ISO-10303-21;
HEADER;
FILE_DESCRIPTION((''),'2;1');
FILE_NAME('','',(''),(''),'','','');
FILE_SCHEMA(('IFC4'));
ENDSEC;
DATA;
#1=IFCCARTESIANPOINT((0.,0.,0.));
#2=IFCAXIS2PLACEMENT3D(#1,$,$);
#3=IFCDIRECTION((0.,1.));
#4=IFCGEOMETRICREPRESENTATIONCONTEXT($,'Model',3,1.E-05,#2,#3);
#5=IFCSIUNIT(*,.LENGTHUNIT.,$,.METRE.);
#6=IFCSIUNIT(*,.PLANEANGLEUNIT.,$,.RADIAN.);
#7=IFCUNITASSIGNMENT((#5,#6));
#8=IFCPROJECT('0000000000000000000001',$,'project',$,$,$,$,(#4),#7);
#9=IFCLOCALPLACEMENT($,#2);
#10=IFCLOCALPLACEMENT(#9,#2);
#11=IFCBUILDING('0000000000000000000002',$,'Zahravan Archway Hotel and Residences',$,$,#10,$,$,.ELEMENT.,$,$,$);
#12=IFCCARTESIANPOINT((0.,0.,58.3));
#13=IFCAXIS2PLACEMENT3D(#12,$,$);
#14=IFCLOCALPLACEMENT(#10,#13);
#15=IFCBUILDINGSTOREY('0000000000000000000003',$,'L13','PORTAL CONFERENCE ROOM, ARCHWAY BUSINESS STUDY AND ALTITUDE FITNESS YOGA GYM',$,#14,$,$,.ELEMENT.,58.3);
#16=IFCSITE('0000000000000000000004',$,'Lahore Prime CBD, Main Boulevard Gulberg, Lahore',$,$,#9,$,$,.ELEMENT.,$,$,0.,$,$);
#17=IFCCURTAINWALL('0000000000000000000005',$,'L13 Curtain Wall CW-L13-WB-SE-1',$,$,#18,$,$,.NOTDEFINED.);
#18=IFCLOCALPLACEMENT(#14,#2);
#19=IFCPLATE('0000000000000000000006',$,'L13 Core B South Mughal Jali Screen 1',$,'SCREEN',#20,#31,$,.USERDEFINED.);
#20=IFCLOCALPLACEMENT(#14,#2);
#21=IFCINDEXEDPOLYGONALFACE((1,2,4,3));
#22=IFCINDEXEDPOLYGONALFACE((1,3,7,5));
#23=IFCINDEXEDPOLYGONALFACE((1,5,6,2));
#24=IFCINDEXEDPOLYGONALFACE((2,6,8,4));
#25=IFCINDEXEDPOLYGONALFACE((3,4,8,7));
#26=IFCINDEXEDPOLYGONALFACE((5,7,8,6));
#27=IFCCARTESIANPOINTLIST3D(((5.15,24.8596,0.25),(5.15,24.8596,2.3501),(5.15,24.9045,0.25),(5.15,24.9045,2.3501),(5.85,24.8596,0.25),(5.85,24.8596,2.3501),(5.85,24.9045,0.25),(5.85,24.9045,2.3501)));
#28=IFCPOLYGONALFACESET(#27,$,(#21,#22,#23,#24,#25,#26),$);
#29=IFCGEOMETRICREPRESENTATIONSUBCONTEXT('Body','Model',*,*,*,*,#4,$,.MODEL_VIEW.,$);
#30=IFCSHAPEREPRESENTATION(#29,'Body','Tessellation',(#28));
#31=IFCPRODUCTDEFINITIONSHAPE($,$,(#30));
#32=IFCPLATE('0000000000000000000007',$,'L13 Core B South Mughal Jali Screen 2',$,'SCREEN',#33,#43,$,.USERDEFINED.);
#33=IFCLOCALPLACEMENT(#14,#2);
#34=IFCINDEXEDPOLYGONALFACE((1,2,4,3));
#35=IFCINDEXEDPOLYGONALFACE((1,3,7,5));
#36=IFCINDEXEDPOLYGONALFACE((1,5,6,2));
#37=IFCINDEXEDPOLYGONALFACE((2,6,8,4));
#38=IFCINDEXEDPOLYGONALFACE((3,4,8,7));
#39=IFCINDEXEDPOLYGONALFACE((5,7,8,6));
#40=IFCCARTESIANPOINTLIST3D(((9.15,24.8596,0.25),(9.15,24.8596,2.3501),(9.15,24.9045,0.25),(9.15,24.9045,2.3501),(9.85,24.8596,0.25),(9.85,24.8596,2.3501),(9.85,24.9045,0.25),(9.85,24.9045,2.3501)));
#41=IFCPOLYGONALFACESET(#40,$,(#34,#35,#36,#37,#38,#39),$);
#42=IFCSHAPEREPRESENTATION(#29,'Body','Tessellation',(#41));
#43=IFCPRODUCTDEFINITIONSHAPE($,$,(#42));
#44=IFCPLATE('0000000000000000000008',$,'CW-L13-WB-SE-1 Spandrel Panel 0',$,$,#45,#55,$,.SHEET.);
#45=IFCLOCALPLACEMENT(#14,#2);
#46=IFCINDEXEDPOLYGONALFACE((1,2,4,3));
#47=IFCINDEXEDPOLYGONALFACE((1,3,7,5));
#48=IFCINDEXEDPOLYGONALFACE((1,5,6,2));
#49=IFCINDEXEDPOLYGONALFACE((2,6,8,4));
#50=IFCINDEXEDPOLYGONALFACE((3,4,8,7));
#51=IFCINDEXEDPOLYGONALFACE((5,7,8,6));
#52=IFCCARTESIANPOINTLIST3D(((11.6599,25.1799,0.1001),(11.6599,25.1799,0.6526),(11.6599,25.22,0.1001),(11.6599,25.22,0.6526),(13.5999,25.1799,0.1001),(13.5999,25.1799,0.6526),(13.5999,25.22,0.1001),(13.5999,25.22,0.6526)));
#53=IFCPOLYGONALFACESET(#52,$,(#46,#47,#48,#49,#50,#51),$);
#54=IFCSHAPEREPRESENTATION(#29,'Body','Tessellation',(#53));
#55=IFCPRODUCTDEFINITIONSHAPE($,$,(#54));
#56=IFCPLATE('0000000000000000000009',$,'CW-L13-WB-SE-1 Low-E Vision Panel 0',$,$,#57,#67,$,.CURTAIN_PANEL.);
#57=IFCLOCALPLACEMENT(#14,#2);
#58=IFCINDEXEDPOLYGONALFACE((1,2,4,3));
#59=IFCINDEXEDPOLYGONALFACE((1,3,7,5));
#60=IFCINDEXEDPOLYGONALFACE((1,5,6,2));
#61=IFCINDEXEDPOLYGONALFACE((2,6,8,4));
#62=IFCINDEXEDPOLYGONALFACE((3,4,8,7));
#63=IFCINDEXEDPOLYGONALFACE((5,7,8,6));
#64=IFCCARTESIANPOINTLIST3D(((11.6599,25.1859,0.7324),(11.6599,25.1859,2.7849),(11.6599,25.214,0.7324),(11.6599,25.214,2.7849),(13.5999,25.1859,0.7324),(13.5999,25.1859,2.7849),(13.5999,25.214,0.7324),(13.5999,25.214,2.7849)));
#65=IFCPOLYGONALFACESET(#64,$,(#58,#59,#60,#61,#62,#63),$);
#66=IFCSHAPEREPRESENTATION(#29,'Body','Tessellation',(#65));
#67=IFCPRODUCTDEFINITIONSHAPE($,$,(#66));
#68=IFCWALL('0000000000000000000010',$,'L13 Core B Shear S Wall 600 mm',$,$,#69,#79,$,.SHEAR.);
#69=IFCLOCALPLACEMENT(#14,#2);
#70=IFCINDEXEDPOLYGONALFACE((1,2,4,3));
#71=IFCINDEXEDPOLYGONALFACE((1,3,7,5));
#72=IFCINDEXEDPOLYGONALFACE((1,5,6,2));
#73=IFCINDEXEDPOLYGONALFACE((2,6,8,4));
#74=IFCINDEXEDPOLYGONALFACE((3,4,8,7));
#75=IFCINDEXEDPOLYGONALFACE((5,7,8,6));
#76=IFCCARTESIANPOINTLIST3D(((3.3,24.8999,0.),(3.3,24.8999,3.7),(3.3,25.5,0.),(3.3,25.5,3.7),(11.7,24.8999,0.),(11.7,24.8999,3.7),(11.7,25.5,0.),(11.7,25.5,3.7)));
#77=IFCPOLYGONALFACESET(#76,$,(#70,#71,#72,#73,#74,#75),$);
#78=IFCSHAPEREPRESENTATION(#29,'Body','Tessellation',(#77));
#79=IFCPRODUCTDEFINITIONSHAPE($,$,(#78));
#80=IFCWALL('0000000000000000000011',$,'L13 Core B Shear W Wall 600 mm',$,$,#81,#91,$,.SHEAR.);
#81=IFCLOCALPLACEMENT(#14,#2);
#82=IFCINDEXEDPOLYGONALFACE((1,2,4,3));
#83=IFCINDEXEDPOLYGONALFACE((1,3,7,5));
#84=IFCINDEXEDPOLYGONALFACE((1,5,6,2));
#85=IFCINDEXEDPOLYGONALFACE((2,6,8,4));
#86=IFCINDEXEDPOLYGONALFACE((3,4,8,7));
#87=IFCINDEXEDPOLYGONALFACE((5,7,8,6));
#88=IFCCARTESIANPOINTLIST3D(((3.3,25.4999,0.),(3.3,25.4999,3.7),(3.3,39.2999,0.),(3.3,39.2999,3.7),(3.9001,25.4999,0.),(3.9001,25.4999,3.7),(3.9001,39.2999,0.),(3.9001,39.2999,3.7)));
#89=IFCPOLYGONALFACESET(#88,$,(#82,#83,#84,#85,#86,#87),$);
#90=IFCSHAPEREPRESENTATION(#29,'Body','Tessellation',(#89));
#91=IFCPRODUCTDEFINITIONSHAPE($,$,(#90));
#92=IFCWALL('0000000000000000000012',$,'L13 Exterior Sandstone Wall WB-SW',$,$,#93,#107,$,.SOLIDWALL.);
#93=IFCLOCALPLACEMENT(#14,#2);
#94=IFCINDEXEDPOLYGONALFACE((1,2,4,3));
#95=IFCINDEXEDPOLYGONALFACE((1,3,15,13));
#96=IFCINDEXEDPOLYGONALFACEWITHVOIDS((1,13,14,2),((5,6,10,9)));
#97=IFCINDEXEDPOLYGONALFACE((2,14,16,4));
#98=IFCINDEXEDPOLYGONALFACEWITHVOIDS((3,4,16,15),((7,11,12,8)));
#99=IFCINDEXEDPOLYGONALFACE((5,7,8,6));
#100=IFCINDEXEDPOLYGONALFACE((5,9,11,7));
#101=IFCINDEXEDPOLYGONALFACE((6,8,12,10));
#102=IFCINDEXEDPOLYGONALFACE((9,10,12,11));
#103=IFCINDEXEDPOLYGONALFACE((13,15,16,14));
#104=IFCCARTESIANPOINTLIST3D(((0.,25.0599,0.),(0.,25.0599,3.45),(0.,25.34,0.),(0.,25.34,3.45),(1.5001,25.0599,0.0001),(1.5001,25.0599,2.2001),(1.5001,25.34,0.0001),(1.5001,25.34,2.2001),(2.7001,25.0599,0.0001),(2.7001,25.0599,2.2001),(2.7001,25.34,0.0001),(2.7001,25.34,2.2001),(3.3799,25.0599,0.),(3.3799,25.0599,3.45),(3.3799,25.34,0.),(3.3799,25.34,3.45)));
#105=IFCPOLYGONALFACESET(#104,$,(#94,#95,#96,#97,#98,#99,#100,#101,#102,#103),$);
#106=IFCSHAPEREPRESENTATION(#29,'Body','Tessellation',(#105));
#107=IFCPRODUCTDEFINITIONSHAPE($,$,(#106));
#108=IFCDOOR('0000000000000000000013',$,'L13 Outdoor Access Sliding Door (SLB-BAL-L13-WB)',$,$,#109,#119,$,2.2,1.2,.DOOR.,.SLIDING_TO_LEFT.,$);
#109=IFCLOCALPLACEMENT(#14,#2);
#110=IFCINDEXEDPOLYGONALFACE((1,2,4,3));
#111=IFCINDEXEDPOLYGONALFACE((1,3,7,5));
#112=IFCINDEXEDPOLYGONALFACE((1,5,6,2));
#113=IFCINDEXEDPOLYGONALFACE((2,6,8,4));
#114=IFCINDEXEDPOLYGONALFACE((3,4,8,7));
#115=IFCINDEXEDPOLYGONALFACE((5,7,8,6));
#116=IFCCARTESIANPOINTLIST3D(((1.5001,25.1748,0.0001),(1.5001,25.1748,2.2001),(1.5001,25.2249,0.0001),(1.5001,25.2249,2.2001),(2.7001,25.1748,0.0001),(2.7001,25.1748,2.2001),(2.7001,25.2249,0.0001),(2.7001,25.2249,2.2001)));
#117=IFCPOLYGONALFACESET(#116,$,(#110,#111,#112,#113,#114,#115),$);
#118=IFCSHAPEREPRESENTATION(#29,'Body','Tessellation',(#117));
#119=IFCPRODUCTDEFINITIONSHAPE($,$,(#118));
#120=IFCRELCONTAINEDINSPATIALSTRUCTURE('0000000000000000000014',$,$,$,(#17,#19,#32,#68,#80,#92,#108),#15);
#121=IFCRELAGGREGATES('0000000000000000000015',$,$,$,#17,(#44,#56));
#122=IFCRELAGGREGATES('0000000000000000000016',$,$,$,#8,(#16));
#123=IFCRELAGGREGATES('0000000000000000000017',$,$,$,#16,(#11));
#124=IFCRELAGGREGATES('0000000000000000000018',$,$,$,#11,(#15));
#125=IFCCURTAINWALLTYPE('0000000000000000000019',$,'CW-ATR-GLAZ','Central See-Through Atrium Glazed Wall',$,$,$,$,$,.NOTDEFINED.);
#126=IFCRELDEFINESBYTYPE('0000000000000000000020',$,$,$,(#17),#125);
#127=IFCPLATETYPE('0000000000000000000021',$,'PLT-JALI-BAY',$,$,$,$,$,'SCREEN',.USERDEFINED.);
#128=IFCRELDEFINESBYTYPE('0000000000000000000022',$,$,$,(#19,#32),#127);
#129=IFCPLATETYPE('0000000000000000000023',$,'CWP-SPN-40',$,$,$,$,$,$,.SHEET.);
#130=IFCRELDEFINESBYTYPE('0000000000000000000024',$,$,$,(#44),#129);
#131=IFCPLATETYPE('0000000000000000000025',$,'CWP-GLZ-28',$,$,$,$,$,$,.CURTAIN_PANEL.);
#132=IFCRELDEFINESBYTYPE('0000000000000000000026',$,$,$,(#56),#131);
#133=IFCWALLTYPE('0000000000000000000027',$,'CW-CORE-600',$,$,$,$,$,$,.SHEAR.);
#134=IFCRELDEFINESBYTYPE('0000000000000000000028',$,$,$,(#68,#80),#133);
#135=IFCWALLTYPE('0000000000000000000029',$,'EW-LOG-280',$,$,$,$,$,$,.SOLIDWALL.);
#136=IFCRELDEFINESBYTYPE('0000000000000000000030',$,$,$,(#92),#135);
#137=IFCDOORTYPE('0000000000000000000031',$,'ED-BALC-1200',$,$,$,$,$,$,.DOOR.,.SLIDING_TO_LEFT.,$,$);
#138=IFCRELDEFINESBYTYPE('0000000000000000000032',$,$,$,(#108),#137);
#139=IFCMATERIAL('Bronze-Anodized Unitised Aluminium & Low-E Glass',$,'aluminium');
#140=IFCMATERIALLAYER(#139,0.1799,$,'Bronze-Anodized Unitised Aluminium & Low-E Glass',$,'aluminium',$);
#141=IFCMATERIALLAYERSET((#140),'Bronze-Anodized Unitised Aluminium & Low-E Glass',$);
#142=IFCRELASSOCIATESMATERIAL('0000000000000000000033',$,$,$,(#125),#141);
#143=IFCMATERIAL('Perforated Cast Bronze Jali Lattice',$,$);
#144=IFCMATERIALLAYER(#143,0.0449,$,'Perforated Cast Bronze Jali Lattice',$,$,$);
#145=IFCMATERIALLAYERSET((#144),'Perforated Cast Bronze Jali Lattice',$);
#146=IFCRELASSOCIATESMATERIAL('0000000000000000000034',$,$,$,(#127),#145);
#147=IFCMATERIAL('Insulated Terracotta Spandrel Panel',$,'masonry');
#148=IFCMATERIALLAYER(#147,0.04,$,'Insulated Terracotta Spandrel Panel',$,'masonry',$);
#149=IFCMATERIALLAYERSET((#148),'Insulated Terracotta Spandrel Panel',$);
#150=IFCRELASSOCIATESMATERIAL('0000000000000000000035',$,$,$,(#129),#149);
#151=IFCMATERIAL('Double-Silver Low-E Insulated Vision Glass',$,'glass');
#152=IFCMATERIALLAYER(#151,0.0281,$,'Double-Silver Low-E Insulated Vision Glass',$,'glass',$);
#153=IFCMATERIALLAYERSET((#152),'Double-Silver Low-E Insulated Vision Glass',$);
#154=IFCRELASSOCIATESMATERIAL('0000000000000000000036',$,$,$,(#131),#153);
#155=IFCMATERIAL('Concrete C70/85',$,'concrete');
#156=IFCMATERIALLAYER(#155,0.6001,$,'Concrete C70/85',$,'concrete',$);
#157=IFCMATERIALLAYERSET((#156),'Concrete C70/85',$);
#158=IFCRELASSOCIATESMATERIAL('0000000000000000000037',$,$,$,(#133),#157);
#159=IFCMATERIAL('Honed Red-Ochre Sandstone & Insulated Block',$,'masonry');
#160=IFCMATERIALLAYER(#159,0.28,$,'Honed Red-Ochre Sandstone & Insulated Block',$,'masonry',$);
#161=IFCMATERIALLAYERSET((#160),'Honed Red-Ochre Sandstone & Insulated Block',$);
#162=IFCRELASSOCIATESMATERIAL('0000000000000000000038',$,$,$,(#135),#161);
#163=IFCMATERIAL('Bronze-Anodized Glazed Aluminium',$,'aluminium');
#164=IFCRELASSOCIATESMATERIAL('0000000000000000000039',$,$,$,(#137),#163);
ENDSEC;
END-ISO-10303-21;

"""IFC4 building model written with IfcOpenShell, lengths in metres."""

from ifc_helpers import new_model, si_unit, direction, frame, frame_2d, origin, origin_2d, place, context, subcontext, project, spatial, rectangle, extrude, source, transform, mapped, material, layer, layer_set, type_object, type_shapes, element, fill, aggregate, save


model = new_model("IFC4")

# Units and contexts
model_context = context("Model", 3, precision=1e-05, world=origin(), true_north=direction((0.0, 1.0)))
body_context = subcontext(model_context, "Body", "Model", "MODEL_VIEW")
ifc_project = project(units=[si_unit("LENGTHUNIT", "METRE"), si_unit("PLANEANGLEUNIT", "RADIAN")], contexts=[model_context])

# Site, building, storey
site_placement = place(None, origin())
site = spatial("IfcSite", under=ifc_project, at=site_placement, Name="Lahore Prime CBD, Main Boulevard Gulberg, Lahore", CompositionType="ELEMENT", RefElevation=0.0)
building_placement = place(site_placement, origin())
building = spatial("IfcBuilding", under=site, at=building_placement, Name="Zahravan Archway Hotel and Residences", CompositionType="ELEMENT")
storey_placement = place(building_placement, frame((0.0, 0.0, 58.3)))
storey = spatial("IfcBuildingStorey", under=building, at=storey_placement, Name="L13", Description="PORTAL CONFERENCE ROOM, ARCHWAY BUSINESS STUDY AND ALTITUDE FITNESS YOGA GYM", CompositionType="ELEMENT", Elevation=58.3)

# Shared definitions
ifc_material_1 = material(Name="Concrete C70/85", Category="concrete")

# Curtain wall
ifc_material_2 = material(Name="Bronze-Anodized Unitised Aluminium & Low-E Glass", Category="aluminium")
ifc_layer_1 = layer(ifc_material_2, 0.1799, Name="Bronze-Anodized Unitised Aluminium & Low-E Glass", Category="aluminium")
ifc_layer_set_1 = layer_set([ifc_layer_1], Name="Bronze-Anodized Unitised Aluminium & Low-E Glass")
curtain_wall_type = type_object("IfcCurtainWallType", Name="CW-ATR-GLAZ", Description="Central See-Through Atrium Glazed Wall", PredefinedType="NOTDEFINED", material=ifc_layer_set_1)
curtain_wall_placement = place(storey_placement, origin())
curtain_wall = element("IfcCurtainWall", 1, at=curtain_wall_placement, inside=storey, type_object=curtain_wall_type, Name="L13 Curtain Wall CW-L13-WB-SE-1", PredefinedType="NOTDEFINED")

# Plates
ifc_material_3 = material(Name="Perforated Cast Bronze Jali Lattice")
ifc_layer_2 = layer(ifc_material_3, 0.0449, Name="Perforated Cast Bronze Jali Lattice")
ifc_layer_set_2 = layer_set([ifc_layer_2], Name="Perforated Cast Bronze Jali Lattice")
plate_type_1 = type_object("IfcPlateType", Name="PLT-JALI-BAY", ElementType="SCREEN", PredefinedType="USERDEFINED", material=ifc_layer_set_2)
shared_shape_1 = source(origin(), body_context, "Body", "SweptSolid", [
    extrude(rectangle(XDim=0.7, YDim=0.0449, at=origin_2d()), origin(), (0.0, 0.0, 1.0), 2.1001),
])
type_shapes(plate_type_1, [shared_shape_1])
for number, where, z_axis, x_axis, name in (
    (2, (5.5, 24.8821, 0.25), (0.0, 0.0, 1.0), (1.0, 0.0, 0.0), "L13 Core B South Mughal Jali Screen 1"),
    (3, (9.5, 24.8821, 0.25), (0.0, 0.0, 1.0), (1.0, 0.0, 0.0), "L13 Core B South Mughal Jali Screen 2"),
):
    element("IfcPlate", number, at=place(storey_placement, frame(where, z_axis=z_axis, x_axis=x_axis)), inside=storey, type_object=plate_type_1, Name=name, ObjectType="SCREEN", PredefinedType="USERDEFINED", context=body_context, shape_type="MappedRepresentation", body=[
        mapped(shared_shape_1, transform((0.0, 0.0, 0.0), scale=1.0)),
    ])

# Plates
ifc_material_4 = material(Name="Insulated Terracotta Spandrel Panel", Category="masonry")
ifc_layer_3 = layer(ifc_material_4, 0.04, Name="Insulated Terracotta Spandrel Panel", Category="masonry")
ifc_layer_set_3 = layer_set([ifc_layer_3], Name="Insulated Terracotta Spandrel Panel")
plate_type_2 = type_object("IfcPlateType", Name="CWP-SPN-40", PredefinedType="SHEET", material=ifc_layer_set_3)
shared_shape_2 = source(origin(), body_context, "Body", "SweptSolid", [
    extrude(rectangle(XDim=1.9399, YDim=0.04, at=origin_2d()), origin(), (0.0, 0.0, 1.0), 0.5525),
])
plate_1_placement = place(storey_placement, frame((12.6299, 25.2, 0.1001), z_axis=(0.0, 0.0, 1.0), x_axis=(1.0, 0.0, 0.0)))
plate_1 = element("IfcPlate", 4, at=plate_1_placement, type_object=plate_type_2, Name="CW-L13-WB-SE-1 Spandrel Panel 0", PredefinedType="SHEET", context=body_context, shape_type="MappedRepresentation", body=[
    mapped(shared_shape_2, transform((0.0, 0.0, 0.0), scale=1.0)),
])
ifc_material_5 = material(Name="Double-Silver Low-E Insulated Vision Glass", Category="glass")
ifc_layer_4 = layer(ifc_material_5, 0.0281, Name="Double-Silver Low-E Insulated Vision Glass", Category="glass")
ifc_layer_set_4 = layer_set([ifc_layer_4], Name="Double-Silver Low-E Insulated Vision Glass")
plate_type_3 = type_object("IfcPlateType", Name="CWP-GLZ-28", PredefinedType="CURTAIN_PANEL", material=ifc_layer_set_4)
shared_shape_3 = source(origin(), body_context, "Body", "SweptSolid", [
    extrude(rectangle(XDim=1.9399, YDim=0.0281, at=origin_2d()), origin(), (0.0, 0.0, 1.0), 2.0525),
])
plate_2_placement = place(storey_placement, frame((12.6299, 25.2, 0.7324), z_axis=(0.0, 0.0, 1.0), x_axis=(1.0, 0.0, 0.0)))
plate_2 = element("IfcPlate", 5, at=plate_2_placement, type_object=plate_type_3, Name="CW-L13-WB-SE-1 Low-E Vision Panel 0", PredefinedType="CURTAIN_PANEL", context=body_context, shape_type="MappedRepresentation", body=[
    mapped(shared_shape_3, transform((0.0, 0.0, 0.0), scale=1.0)),
])
aggregate(curtain_wall, [plate_1, plate_2])

# Walls
ifc_layer_5 = layer(ifc_material_1, 0.6001, Name="Concrete C70/85", Category="concrete")
ifc_layer_set_5 = layer_set([ifc_layer_5], Name="Concrete C70/85")
wall_type_1 = type_object("IfcWallType", Name="CW-CORE-600", PredefinedType="SHEAR", material=ifc_layer_set_5)
wall_1_placement = place(storey_placement, frame((3.3, 25.2, 0.0), z_axis=(0.0, 0.0, 1.0), x_axis=(1.0, 0.0, 0.0)))
element("IfcWall", 6, at=wall_1_placement, inside=storey, type_object=wall_type_1, Name="L13 Core B Shear S Wall 600 mm", PredefinedType="SHEAR", context=body_context, shape_type="SweptSolid", body=[
    extrude(rectangle(XDim=8.3999, YDim=0.6001, at=frame_2d((4.2, 0.0))), origin(), (0.0, 0.0, 1.0), 3.7),
])
wall_2_placement = place(storey_placement, frame((3.6001, 25.5, 0.0), z_axis=(0.0, 0.0, 1.0), x_axis=(0.0, 1.0, 0.0)))
element("IfcWall", 7, at=wall_2_placement, inside=storey, type_object=wall_type_1, Name="L13 Core B Shear W Wall 600 mm", PredefinedType="SHEAR", context=body_context, shape_type="SweptSolid", body=[
    extrude(rectangle(XDim=13.8, YDim=0.6001, at=frame_2d((6.8999, 0.0))), origin(), (0.0, 0.0, 1.0), 3.7),
])

# Wall, opening, door
ifc_material_6 = material(Name="Honed Red-Ochre Sandstone & Insulated Block", Category="masonry")
ifc_layer_6 = layer(ifc_material_6, 0.28, Name="Honed Red-Ochre Sandstone & Insulated Block", Category="masonry")
ifc_layer_set_6 = layer_set([ifc_layer_6], Name="Honed Red-Ochre Sandstone & Insulated Block")
wall_type_2 = type_object("IfcWallType", Name="EW-LOG-280", PredefinedType="SOLIDWALL", material=ifc_layer_set_6)
wall_3_placement = place(storey_placement, frame((0.0, 25.2, 0.0), z_axis=(0.0, 0.0, 1.0), x_axis=(1.0, 0.0, 0.0)))
wall_3 = element("IfcWall", 8, at=wall_3_placement, inside=storey, type_object=wall_type_2, Name="L13 Exterior Sandstone Wall WB-SW", PredefinedType="SOLIDWALL", context=body_context, shape_type="SweptSolid", body=[
    extrude(rectangle(XDim=3.3799, YDim=0.28, at=frame_2d((1.6899, 0.0))), origin(), (0.0, 0.0, 1.0), 3.45),
])
opening_1_placement = place(wall_3_placement, frame((1.5, 0.0, 0.0)))
opening_1 = element("IfcOpeningElement", 9, at=opening_1_placement, cuts=wall_3, PredefinedType="OPENING", context=body_context, shape_type="SweptSolid", body=[
    extrude(rectangle(XDim=1.2, YDim=2.2, at=frame_2d((0.6001, 1.1001))), frame((0.0, 0.1499, 0.0), z_axis=(0.0, -1.0, 0.0), x_axis=(1.0, 0.0, 0.0)), (0.0, 0.0, 1.0), 0.3),
])
ifc_material_7 = material(Name="Bronze-Anodized Glazed Aluminium", Category="aluminium")
door_type = type_object("IfcDoorType", Name="ED-BALC-1200", OperationType="SLIDING_TO_LEFT", PredefinedType="DOOR", material=ifc_material_7)
shared_shape_4 = source(origin(), body_context, "Body", "SweptSolid", [
    extrude(rectangle(XDim=1.2, YDim=2.2, at=frame_2d((0.6001, 1.1001))), frame((0.0, 0.0249, 0.0), z_axis=(0.0, -1.0, 0.0), x_axis=(1.0, 0.0, 0.0)), (0.0, 0.0, 1.0), 0.05),
])
type_shapes(door_type, [shared_shape_4])
door_placement = place(opening_1_placement, origin())
door = element("IfcDoor", 10, at=door_placement, inside=storey, type_object=door_type, Name="L13 Outdoor Access Sliding Door (SLB-BAL-L13-WB)", OperationType="SLIDING_TO_LEFT", OverallHeight=2.2, OverallWidth=1.2, PredefinedType="DOOR", context=body_context, shape_type="MappedRepresentation", body=[
    mapped(shared_shape_4, transform((0.0, 0.0, 0.0), scale=1.0)),
])
fill(opening_1, door)

save(model, "model.ifc")
